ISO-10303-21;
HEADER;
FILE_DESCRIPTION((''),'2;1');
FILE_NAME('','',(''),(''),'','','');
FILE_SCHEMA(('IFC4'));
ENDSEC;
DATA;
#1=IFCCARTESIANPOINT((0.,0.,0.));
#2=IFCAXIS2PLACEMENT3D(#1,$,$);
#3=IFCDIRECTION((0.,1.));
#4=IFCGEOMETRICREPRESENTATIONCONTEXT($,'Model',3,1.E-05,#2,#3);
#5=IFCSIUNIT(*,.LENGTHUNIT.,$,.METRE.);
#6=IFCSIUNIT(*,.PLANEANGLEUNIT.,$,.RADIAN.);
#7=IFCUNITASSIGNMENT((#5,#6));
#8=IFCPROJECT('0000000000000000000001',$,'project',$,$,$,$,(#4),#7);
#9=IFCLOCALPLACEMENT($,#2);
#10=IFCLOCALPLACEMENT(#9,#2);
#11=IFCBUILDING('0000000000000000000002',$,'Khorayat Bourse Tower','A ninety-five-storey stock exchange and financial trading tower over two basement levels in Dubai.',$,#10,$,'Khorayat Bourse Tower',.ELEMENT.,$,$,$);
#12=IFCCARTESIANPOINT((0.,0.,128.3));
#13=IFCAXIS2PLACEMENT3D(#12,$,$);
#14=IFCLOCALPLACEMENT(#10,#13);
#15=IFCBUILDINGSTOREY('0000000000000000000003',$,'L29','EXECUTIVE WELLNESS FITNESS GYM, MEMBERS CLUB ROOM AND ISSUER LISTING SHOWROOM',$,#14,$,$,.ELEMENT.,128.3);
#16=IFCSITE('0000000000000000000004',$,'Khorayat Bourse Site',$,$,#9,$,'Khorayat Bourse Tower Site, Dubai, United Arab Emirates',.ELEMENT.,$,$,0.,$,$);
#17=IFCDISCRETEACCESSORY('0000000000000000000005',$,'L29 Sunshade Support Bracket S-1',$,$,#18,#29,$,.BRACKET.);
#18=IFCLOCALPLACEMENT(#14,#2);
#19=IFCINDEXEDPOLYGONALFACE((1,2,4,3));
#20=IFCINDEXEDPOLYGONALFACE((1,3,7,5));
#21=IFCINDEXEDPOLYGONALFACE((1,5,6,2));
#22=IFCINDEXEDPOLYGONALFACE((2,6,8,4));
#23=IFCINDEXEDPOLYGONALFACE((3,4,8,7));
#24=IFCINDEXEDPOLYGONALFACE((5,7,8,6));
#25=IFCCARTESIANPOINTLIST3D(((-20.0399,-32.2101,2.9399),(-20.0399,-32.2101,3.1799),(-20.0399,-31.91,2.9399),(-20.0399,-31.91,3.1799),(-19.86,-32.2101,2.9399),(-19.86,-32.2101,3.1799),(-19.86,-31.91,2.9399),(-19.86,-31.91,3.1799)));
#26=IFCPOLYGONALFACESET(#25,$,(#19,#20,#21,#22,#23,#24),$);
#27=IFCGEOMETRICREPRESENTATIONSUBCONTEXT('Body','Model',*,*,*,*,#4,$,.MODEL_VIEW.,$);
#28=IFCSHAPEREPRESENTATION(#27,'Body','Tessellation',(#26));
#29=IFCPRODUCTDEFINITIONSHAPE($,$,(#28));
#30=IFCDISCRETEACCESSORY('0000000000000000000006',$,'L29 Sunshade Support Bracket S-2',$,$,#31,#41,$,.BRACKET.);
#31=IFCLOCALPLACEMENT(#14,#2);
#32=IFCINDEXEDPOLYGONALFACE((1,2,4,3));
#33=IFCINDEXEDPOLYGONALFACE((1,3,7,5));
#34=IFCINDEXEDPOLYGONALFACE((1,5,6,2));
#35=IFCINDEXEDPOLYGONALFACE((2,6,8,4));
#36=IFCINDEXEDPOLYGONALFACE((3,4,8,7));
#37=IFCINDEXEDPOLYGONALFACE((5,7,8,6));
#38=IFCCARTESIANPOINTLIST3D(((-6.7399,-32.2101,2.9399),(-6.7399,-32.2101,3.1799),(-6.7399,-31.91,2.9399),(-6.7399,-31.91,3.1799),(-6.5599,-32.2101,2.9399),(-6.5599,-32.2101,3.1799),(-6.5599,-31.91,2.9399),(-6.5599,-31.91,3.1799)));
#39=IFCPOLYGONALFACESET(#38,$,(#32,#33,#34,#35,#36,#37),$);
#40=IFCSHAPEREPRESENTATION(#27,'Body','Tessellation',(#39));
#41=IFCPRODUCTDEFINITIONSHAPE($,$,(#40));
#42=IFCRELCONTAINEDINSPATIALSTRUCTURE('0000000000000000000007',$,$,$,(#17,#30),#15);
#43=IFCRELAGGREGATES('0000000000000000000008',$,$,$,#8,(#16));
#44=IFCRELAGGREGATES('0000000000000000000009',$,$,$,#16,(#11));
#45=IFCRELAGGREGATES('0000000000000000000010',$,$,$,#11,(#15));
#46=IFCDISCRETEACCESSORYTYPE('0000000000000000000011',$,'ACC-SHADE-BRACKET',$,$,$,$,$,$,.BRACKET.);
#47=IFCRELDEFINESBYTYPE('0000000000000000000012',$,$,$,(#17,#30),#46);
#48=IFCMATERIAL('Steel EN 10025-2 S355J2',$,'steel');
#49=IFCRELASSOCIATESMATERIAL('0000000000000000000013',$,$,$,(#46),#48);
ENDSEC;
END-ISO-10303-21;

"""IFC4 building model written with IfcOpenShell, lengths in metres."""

from ifc_helpers import new_model, si_unit, direction, frame, origin, origin_2d, place, context, subcontext, project, spatial, rectangle, extrude, source, transform, mapped, material, type_object, element, save


model = new_model("IFC4")

# Units and contexts
model_context = context("Model", 3, precision=1e-05, world=origin(), true_north=direction((0.0, 1.0)))
body_context = subcontext(model_context, "Body", "Model", "MODEL_VIEW")
ifc_project = project(units=[si_unit("LENGTHUNIT", "METRE"), si_unit("PLANEANGLEUNIT", "RADIAN")], contexts=[model_context])

# Site, building, storey
site_placement = place(None, origin())
site = spatial("IfcSite", under=ifc_project, at=site_placement, Name="Khorayat Bourse Site", LongName="Khorayat Bourse Tower Site, Dubai, United Arab Emirates", CompositionType="ELEMENT", RefElevation=0.0)
building_placement = place(site_placement, origin())
building = spatial("IfcBuilding", under=site, at=building_placement, Name="Khorayat Bourse Tower", Description="A ninety-five-storey stock exchange and financial trading tower over two basement levels in Dubai.", LongName="Khorayat Bourse Tower", CompositionType="ELEMENT")
storey_placement = place(building_placement, frame((0.0, 0.0, 128.3)))
storey = spatial("IfcBuildingStorey", under=building, at=storey_placement, Name="L29", Description="EXECUTIVE WELLNESS FITNESS GYM, MEMBERS CLUB ROOM AND ISSUER LISTING SHOWROOM", CompositionType="ELEMENT", Elevation=128.3)

# Shared definitions
ifc_material_1 = material(Name="Steel EN 10025-2 S355J2", Category="steel")

# Discrete accessories
discrete_accessory_type = type_object("IfcDiscreteAccessoryType", Name="ACC-SHADE-BRACKET", PredefinedType="BRACKET", material=ifc_material_1)
shared_shape_1 = source(origin(), body_context, "Body", "SweptSolid", [
    extrude(rectangle(XDim=0.1799, YDim=0.3, at=origin_2d()), origin(), (0.0, 0.0, 1.0), 0.24),
])
for number, where, z_axis, x_axis, name in (
    (1, (-19.95, -32.0601, 2.9399), (0.0, 0.0, 1.0), (1.0, 0.0, 0.0), "L29 Sunshade Support Bracket S-1"),
    (2, (-6.6499, -32.0601, 2.9399), (0.0, 0.0, 1.0), (1.0, 0.0, 0.0), "L29 Sunshade Support Bracket S-2"),
):
    element("IfcDiscreteAccessory", number, at=place(storey_placement, frame(where, z_axis=z_axis, x_axis=x_axis)), inside=storey, type_object=discrete_accessory_type, Name=name, PredefinedType="BRACKET", context=body_context, shape_type="MappedRepresentation", body=[
        mapped(shared_shape_1, transform((0.0, 0.0, 0.0), scale=1.0)),
    ])

save(model, "model.ifc")
